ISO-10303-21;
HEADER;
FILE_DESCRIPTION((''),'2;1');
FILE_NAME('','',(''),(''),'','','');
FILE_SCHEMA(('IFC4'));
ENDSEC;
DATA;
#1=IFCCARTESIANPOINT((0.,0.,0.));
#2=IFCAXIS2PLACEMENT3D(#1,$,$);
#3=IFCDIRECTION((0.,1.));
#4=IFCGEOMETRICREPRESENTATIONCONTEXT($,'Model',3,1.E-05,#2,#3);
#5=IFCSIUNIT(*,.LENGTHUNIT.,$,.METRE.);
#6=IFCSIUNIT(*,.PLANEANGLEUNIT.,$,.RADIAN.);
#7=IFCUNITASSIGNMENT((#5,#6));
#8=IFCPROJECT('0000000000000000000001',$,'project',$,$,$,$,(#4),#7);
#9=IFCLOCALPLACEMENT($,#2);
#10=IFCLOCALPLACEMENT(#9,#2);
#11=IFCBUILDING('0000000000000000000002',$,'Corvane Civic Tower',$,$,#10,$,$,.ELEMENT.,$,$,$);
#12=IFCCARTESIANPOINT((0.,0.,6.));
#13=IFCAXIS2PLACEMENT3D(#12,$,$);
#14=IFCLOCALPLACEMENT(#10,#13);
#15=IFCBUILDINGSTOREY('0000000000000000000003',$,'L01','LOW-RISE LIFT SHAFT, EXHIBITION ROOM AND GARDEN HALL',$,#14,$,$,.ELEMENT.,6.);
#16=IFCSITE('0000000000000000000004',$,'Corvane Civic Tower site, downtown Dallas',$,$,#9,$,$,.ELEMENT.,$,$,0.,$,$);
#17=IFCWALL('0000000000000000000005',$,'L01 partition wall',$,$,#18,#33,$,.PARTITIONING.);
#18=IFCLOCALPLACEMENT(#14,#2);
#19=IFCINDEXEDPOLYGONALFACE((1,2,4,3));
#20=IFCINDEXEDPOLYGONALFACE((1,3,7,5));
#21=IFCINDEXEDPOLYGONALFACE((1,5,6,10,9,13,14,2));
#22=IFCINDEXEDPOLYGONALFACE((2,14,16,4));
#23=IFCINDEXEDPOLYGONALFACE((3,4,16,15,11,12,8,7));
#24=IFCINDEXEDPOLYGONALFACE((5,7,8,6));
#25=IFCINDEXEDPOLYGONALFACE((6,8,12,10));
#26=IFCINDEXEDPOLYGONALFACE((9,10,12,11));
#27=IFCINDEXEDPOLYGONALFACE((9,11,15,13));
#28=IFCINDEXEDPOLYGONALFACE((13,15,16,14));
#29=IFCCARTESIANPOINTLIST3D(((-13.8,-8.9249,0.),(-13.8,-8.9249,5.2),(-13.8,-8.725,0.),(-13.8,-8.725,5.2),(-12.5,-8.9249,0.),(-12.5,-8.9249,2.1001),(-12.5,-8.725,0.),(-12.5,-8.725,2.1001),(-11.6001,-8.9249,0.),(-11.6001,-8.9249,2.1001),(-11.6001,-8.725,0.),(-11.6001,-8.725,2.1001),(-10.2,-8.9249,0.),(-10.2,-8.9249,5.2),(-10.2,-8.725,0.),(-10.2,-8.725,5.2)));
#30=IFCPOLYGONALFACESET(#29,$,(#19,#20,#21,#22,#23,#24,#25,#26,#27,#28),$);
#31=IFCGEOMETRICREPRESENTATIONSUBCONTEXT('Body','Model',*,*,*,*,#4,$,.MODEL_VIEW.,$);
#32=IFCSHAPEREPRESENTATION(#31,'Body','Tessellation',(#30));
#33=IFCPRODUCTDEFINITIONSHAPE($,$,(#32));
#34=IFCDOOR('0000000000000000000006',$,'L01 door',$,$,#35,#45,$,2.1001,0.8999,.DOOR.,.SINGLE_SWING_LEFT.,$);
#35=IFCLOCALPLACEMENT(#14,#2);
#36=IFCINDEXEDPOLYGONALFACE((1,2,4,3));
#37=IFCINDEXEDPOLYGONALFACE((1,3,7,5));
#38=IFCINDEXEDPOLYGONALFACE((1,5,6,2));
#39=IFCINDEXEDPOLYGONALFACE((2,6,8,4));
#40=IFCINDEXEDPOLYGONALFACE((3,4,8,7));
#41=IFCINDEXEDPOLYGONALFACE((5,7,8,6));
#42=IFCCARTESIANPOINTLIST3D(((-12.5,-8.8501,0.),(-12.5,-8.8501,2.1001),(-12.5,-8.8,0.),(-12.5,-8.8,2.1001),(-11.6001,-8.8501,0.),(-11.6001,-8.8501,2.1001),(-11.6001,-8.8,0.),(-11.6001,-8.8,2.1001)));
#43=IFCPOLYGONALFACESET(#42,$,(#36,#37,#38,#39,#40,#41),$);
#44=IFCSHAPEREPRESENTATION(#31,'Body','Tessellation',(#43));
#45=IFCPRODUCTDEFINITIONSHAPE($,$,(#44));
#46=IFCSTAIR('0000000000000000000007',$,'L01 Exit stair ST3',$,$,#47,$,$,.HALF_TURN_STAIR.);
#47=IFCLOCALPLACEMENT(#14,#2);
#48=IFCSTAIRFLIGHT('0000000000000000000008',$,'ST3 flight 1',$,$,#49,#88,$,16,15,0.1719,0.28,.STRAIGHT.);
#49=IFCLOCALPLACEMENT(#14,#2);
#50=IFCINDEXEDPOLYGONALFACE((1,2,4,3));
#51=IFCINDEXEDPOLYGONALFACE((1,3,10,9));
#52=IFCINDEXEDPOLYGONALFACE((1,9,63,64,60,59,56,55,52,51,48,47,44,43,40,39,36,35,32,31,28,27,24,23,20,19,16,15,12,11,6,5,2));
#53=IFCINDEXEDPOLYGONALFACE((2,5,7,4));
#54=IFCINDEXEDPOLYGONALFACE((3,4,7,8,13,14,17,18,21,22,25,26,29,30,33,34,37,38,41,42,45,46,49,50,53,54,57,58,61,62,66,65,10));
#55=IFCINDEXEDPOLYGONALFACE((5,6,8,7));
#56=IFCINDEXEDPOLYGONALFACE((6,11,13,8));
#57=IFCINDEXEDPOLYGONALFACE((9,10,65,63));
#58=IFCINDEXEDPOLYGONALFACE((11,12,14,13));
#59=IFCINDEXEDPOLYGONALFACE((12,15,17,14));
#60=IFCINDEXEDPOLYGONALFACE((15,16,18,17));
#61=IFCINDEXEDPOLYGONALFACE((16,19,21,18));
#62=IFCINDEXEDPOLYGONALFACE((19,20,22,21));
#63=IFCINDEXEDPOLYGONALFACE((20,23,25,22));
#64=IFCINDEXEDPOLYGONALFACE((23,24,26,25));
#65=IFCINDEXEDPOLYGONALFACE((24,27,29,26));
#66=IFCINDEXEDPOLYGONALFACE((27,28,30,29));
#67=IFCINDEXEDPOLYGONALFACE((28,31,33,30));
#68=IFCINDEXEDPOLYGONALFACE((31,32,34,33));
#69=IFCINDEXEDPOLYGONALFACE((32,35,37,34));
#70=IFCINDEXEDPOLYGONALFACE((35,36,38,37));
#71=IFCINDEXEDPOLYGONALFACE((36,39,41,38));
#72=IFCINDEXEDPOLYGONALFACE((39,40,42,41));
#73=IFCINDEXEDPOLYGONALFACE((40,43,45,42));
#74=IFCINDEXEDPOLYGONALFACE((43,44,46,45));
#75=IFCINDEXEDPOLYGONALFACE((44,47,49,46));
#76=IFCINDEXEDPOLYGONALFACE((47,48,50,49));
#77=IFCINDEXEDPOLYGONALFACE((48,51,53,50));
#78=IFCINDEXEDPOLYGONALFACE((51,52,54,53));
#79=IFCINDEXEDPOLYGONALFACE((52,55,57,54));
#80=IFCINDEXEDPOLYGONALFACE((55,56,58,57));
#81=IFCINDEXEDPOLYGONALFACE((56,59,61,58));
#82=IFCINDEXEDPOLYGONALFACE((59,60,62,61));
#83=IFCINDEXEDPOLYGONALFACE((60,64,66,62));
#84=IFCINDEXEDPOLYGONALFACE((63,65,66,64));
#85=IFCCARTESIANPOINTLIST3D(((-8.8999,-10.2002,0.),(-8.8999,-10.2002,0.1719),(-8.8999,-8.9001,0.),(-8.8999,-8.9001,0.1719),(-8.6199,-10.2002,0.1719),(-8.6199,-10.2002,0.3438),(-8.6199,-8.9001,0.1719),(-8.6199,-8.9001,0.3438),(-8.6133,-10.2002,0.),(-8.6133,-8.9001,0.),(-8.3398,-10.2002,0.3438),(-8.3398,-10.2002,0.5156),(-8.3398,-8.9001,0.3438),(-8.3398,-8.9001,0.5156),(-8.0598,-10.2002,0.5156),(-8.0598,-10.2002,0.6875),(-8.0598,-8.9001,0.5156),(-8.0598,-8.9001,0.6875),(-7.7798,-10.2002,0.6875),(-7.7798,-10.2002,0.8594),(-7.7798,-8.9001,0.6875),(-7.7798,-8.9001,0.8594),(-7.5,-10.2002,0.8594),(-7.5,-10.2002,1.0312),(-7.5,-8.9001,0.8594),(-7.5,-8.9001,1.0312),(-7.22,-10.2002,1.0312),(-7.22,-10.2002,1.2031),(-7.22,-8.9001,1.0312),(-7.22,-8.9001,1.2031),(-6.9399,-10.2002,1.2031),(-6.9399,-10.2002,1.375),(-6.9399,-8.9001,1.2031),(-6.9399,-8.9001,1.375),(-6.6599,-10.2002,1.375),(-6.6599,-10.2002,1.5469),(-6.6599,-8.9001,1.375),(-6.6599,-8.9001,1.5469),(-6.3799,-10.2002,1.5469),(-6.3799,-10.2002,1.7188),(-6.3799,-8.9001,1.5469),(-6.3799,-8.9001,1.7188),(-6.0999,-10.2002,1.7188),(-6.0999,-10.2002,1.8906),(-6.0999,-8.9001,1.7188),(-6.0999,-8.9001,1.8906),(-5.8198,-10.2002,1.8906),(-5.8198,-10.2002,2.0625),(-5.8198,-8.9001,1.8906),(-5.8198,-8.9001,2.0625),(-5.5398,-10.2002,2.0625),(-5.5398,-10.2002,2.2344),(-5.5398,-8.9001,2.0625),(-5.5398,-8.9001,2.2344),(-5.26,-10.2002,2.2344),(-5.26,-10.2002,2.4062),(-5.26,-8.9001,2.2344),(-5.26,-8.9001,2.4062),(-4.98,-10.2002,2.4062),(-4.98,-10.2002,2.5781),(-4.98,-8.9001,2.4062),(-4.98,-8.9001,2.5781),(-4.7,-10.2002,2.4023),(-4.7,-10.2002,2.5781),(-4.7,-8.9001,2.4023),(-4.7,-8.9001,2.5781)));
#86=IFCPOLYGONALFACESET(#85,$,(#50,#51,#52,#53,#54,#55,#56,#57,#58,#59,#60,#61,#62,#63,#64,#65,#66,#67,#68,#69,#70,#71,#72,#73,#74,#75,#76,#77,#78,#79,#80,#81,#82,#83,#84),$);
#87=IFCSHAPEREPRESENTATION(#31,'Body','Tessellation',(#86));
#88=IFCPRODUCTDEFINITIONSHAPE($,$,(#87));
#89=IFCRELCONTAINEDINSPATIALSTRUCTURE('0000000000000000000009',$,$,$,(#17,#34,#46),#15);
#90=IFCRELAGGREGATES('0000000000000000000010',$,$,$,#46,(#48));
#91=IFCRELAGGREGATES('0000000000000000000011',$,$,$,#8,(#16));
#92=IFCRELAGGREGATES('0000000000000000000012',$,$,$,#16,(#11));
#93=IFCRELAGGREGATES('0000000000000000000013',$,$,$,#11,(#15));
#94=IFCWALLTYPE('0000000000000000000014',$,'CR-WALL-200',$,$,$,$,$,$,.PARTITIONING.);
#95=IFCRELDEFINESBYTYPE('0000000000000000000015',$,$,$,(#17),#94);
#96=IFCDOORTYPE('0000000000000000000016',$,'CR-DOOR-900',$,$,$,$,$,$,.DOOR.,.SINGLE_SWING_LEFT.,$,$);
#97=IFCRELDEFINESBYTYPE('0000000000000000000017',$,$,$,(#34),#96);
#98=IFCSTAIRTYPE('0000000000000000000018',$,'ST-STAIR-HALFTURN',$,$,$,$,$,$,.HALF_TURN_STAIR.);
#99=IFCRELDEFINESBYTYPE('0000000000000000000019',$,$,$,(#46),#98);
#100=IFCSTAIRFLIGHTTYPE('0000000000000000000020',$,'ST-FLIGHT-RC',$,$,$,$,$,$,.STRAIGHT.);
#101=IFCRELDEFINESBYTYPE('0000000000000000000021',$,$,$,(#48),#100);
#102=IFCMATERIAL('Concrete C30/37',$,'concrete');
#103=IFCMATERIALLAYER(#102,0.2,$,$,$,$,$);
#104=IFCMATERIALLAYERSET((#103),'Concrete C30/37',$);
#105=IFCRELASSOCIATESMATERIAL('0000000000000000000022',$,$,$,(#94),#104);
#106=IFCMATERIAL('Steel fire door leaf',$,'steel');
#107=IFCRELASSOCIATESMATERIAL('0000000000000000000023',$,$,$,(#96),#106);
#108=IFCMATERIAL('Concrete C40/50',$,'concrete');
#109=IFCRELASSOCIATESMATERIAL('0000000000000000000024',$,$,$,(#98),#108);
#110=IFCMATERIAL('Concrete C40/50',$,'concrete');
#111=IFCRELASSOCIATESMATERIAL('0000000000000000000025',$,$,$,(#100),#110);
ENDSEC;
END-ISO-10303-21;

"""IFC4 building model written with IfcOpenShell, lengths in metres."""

from ifc_helpers import new_model, si_unit, direction, frame, frame_2d, origin, place, context, subcontext, project, spatial, polyline, rectangle, outline, extrude, material, layer, layer_set, type_object, element, fill, aggregate, save


model = new_model("IFC4")

# Units and contexts
model_context = context("Model", 3, precision=1e-05, world=origin(), true_north=direction((0.0, 1.0)))
body_context = subcontext(model_context, "Body", "Model", "MODEL_VIEW")
ifc_project = project(units=[si_unit("LENGTHUNIT", "METRE"), si_unit("PLANEANGLEUNIT", "RADIAN")], contexts=[model_context])

# Site, building, storey
site_placement = place(None, origin())
site = spatial("IfcSite", under=ifc_project, at=site_placement, Name="Corvane Civic Tower site, downtown Dallas", CompositionType="ELEMENT", RefElevation=0.0)
building_placement = place(site_placement, origin())
building = spatial("IfcBuilding", under=site, at=building_placement, Name="Corvane Civic Tower", CompositionType="ELEMENT")
storey_placement = place(building_placement, frame((0.0, 0.0, 6.0)))
storey = spatial("IfcBuildingStorey", under=building, at=storey_placement, Name="L01", Description="LOW-RISE LIFT SHAFT, EXHIBITION ROOM AND GARDEN HALL", CompositionType="ELEMENT", Elevation=6.0)

# Wall, opening, door
ifc_material_1 = material(Name="Concrete C30/37", Category="concrete")
ifc_layer_1 = layer(ifc_material_1, 0.2)
ifc_layer_set_1 = layer_set([ifc_layer_1], Name="Concrete C30/37")
wall_type_1 = type_object("IfcWallType", Name="CR-WALL-200", PredefinedType="PARTITIONING", material=ifc_layer_set_1)
ifc_material_2 = material(Name="Steel fire door leaf", Category="steel")
door_type_1 = type_object("IfcDoorType", Name="CR-DOOR-900", OperationType="SINGLE_SWING_LEFT", PredefinedType="DOOR", material=ifc_material_2)
wall_1_placement = place(storey_placement, frame((-13.8, -8.825, 0.0), z_axis=(0.0, 0.0, 1.0), x_axis=(1.0, 0.0, 0.0)))
wall_1 = element("IfcWall", 1, at=wall_1_placement, inside=storey, type_object=wall_type_1, Name="L01 partition wall", PredefinedType="PARTITIONING", context=body_context, shape_type="SweptSolid", body=[
    extrude(rectangle(XDim=3.6001, YDim=0.2, at=frame_2d((1.8, 0.0))), origin(), (0.0, 0.0, 1.0), 5.2),
])
opening_1_placement = place(wall_1_placement, frame((1.3, 0.0, 0.0)))
opening_1 = element("IfcOpeningElement", 2, at=opening_1_placement, cuts=wall_1, PredefinedType="OPENING", context=body_context, shape_type="SweptSolid", body=[
    extrude(rectangle(XDim=0.8999, YDim=2.1001, at=frame_2d((0.45, 1.05))), frame((0.0, 0.1099, 0.0), z_axis=(0.0, -1.0, 0.0), x_axis=(1.0, 0.0, 0.0)), (0.0, 0.0, 1.0), 0.22),
])
door_1_placement = place(opening_1_placement, origin())
door_1 = element("IfcDoor", 3, at=door_1_placement, inside=storey, type_object=door_type_1, Name="L01 door", OperationType="SINGLE_SWING_LEFT", OverallHeight=2.1001, OverallWidth=0.8999, PredefinedType="DOOR", context=body_context, shape_type="SweptSolid", body=[
    extrude(rectangle(XDim=0.8999, YDim=2.1001, at=frame_2d((0.45, 1.05))), frame((0.0, 0.0249, 0.0), z_axis=(0.0, -1.0, 0.0), x_axis=(1.0, 0.0, 0.0)), (0.0, 0.0, 1.0), 0.05),
])
fill(opening_1, door_1)

# Stair, stair flight
ifc_material_3 = material(Name="Concrete C40/50", Category="concrete")
stair_type = type_object("IfcStairType", Name="ST-STAIR-HALFTURN", PredefinedType="HALF_TURN_STAIR", material=ifc_material_3)
stair_placement = place(storey_placement, origin())
stair = element("IfcStair", 4, at=stair_placement, inside=storey, type_object=stair_type, Name="L01 Exit stair ST3", PredefinedType="HALF_TURN_STAIR")
ifc_material_4 = material(Name="Concrete C40/50", Category="concrete")
stair_flight_type = type_object("IfcStairFlightType", Name="ST-FLIGHT-RC", PredefinedType="STRAIGHT", material=ifc_material_4)
stair_flight_placement = place(storey_placement, frame((-8.8999, -9.55, 0.0), z_axis=(0.0, 0.0, 1.0), x_axis=(1.0, 0.0, 0.0)))
stair_flight = element("IfcStairFlight", 5, at=stair_flight_placement, type_object=stair_flight_type, Name="ST3 flight 1", NumberOfRisers=16, NumberOfTreads=15, PredefinedType="STRAIGHT", RiserHeight=0.1719, TreadLength=0.28, context=body_context, shape_type="SweptSolid", body=[
    extrude(outline(polyline([(0.0, 0.0), (0.0, 0.1719), (0.28, 0.1719), (0.28, 0.3438), (0.5601, 0.3438), (0.5601, 0.5156), (0.8401, 0.5156), (0.8401, 0.6875), (1.1201, 0.6875), (1.1201, 0.8594), (1.3999, 0.8594), (1.3999, 1.0312), (1.6799, 1.0312), (1.6799, 1.2031), (1.96, 1.2031), (1.96, 1.375), (2.24, 1.375), (2.24, 1.5469), (2.52, 1.5469), (2.52, 1.7188), (2.8, 1.7188), (2.8, 1.8906), (3.0801, 1.8906), (3.0801, 2.0625), (3.3601, 2.0625), (3.3601, 2.2344), (3.6399, 2.2344), (3.6399, 2.4062), (3.9199, 2.4062), (3.9199, 2.5781), (4.2, 2.5781), (4.2, 2.75), (4.2, 2.4023), (0.2866, 0.0), (0.0, 0.0)])), frame((0.0, 0.6499, 0.0), z_axis=(0.0, -1.0, 0.0), x_axis=(1.0, 0.0, 0.0)), (0.0, 0.0, 1.0), 1.3),
])
aggregate(stair, [stair_flight])

save(model, "model.ifc")
